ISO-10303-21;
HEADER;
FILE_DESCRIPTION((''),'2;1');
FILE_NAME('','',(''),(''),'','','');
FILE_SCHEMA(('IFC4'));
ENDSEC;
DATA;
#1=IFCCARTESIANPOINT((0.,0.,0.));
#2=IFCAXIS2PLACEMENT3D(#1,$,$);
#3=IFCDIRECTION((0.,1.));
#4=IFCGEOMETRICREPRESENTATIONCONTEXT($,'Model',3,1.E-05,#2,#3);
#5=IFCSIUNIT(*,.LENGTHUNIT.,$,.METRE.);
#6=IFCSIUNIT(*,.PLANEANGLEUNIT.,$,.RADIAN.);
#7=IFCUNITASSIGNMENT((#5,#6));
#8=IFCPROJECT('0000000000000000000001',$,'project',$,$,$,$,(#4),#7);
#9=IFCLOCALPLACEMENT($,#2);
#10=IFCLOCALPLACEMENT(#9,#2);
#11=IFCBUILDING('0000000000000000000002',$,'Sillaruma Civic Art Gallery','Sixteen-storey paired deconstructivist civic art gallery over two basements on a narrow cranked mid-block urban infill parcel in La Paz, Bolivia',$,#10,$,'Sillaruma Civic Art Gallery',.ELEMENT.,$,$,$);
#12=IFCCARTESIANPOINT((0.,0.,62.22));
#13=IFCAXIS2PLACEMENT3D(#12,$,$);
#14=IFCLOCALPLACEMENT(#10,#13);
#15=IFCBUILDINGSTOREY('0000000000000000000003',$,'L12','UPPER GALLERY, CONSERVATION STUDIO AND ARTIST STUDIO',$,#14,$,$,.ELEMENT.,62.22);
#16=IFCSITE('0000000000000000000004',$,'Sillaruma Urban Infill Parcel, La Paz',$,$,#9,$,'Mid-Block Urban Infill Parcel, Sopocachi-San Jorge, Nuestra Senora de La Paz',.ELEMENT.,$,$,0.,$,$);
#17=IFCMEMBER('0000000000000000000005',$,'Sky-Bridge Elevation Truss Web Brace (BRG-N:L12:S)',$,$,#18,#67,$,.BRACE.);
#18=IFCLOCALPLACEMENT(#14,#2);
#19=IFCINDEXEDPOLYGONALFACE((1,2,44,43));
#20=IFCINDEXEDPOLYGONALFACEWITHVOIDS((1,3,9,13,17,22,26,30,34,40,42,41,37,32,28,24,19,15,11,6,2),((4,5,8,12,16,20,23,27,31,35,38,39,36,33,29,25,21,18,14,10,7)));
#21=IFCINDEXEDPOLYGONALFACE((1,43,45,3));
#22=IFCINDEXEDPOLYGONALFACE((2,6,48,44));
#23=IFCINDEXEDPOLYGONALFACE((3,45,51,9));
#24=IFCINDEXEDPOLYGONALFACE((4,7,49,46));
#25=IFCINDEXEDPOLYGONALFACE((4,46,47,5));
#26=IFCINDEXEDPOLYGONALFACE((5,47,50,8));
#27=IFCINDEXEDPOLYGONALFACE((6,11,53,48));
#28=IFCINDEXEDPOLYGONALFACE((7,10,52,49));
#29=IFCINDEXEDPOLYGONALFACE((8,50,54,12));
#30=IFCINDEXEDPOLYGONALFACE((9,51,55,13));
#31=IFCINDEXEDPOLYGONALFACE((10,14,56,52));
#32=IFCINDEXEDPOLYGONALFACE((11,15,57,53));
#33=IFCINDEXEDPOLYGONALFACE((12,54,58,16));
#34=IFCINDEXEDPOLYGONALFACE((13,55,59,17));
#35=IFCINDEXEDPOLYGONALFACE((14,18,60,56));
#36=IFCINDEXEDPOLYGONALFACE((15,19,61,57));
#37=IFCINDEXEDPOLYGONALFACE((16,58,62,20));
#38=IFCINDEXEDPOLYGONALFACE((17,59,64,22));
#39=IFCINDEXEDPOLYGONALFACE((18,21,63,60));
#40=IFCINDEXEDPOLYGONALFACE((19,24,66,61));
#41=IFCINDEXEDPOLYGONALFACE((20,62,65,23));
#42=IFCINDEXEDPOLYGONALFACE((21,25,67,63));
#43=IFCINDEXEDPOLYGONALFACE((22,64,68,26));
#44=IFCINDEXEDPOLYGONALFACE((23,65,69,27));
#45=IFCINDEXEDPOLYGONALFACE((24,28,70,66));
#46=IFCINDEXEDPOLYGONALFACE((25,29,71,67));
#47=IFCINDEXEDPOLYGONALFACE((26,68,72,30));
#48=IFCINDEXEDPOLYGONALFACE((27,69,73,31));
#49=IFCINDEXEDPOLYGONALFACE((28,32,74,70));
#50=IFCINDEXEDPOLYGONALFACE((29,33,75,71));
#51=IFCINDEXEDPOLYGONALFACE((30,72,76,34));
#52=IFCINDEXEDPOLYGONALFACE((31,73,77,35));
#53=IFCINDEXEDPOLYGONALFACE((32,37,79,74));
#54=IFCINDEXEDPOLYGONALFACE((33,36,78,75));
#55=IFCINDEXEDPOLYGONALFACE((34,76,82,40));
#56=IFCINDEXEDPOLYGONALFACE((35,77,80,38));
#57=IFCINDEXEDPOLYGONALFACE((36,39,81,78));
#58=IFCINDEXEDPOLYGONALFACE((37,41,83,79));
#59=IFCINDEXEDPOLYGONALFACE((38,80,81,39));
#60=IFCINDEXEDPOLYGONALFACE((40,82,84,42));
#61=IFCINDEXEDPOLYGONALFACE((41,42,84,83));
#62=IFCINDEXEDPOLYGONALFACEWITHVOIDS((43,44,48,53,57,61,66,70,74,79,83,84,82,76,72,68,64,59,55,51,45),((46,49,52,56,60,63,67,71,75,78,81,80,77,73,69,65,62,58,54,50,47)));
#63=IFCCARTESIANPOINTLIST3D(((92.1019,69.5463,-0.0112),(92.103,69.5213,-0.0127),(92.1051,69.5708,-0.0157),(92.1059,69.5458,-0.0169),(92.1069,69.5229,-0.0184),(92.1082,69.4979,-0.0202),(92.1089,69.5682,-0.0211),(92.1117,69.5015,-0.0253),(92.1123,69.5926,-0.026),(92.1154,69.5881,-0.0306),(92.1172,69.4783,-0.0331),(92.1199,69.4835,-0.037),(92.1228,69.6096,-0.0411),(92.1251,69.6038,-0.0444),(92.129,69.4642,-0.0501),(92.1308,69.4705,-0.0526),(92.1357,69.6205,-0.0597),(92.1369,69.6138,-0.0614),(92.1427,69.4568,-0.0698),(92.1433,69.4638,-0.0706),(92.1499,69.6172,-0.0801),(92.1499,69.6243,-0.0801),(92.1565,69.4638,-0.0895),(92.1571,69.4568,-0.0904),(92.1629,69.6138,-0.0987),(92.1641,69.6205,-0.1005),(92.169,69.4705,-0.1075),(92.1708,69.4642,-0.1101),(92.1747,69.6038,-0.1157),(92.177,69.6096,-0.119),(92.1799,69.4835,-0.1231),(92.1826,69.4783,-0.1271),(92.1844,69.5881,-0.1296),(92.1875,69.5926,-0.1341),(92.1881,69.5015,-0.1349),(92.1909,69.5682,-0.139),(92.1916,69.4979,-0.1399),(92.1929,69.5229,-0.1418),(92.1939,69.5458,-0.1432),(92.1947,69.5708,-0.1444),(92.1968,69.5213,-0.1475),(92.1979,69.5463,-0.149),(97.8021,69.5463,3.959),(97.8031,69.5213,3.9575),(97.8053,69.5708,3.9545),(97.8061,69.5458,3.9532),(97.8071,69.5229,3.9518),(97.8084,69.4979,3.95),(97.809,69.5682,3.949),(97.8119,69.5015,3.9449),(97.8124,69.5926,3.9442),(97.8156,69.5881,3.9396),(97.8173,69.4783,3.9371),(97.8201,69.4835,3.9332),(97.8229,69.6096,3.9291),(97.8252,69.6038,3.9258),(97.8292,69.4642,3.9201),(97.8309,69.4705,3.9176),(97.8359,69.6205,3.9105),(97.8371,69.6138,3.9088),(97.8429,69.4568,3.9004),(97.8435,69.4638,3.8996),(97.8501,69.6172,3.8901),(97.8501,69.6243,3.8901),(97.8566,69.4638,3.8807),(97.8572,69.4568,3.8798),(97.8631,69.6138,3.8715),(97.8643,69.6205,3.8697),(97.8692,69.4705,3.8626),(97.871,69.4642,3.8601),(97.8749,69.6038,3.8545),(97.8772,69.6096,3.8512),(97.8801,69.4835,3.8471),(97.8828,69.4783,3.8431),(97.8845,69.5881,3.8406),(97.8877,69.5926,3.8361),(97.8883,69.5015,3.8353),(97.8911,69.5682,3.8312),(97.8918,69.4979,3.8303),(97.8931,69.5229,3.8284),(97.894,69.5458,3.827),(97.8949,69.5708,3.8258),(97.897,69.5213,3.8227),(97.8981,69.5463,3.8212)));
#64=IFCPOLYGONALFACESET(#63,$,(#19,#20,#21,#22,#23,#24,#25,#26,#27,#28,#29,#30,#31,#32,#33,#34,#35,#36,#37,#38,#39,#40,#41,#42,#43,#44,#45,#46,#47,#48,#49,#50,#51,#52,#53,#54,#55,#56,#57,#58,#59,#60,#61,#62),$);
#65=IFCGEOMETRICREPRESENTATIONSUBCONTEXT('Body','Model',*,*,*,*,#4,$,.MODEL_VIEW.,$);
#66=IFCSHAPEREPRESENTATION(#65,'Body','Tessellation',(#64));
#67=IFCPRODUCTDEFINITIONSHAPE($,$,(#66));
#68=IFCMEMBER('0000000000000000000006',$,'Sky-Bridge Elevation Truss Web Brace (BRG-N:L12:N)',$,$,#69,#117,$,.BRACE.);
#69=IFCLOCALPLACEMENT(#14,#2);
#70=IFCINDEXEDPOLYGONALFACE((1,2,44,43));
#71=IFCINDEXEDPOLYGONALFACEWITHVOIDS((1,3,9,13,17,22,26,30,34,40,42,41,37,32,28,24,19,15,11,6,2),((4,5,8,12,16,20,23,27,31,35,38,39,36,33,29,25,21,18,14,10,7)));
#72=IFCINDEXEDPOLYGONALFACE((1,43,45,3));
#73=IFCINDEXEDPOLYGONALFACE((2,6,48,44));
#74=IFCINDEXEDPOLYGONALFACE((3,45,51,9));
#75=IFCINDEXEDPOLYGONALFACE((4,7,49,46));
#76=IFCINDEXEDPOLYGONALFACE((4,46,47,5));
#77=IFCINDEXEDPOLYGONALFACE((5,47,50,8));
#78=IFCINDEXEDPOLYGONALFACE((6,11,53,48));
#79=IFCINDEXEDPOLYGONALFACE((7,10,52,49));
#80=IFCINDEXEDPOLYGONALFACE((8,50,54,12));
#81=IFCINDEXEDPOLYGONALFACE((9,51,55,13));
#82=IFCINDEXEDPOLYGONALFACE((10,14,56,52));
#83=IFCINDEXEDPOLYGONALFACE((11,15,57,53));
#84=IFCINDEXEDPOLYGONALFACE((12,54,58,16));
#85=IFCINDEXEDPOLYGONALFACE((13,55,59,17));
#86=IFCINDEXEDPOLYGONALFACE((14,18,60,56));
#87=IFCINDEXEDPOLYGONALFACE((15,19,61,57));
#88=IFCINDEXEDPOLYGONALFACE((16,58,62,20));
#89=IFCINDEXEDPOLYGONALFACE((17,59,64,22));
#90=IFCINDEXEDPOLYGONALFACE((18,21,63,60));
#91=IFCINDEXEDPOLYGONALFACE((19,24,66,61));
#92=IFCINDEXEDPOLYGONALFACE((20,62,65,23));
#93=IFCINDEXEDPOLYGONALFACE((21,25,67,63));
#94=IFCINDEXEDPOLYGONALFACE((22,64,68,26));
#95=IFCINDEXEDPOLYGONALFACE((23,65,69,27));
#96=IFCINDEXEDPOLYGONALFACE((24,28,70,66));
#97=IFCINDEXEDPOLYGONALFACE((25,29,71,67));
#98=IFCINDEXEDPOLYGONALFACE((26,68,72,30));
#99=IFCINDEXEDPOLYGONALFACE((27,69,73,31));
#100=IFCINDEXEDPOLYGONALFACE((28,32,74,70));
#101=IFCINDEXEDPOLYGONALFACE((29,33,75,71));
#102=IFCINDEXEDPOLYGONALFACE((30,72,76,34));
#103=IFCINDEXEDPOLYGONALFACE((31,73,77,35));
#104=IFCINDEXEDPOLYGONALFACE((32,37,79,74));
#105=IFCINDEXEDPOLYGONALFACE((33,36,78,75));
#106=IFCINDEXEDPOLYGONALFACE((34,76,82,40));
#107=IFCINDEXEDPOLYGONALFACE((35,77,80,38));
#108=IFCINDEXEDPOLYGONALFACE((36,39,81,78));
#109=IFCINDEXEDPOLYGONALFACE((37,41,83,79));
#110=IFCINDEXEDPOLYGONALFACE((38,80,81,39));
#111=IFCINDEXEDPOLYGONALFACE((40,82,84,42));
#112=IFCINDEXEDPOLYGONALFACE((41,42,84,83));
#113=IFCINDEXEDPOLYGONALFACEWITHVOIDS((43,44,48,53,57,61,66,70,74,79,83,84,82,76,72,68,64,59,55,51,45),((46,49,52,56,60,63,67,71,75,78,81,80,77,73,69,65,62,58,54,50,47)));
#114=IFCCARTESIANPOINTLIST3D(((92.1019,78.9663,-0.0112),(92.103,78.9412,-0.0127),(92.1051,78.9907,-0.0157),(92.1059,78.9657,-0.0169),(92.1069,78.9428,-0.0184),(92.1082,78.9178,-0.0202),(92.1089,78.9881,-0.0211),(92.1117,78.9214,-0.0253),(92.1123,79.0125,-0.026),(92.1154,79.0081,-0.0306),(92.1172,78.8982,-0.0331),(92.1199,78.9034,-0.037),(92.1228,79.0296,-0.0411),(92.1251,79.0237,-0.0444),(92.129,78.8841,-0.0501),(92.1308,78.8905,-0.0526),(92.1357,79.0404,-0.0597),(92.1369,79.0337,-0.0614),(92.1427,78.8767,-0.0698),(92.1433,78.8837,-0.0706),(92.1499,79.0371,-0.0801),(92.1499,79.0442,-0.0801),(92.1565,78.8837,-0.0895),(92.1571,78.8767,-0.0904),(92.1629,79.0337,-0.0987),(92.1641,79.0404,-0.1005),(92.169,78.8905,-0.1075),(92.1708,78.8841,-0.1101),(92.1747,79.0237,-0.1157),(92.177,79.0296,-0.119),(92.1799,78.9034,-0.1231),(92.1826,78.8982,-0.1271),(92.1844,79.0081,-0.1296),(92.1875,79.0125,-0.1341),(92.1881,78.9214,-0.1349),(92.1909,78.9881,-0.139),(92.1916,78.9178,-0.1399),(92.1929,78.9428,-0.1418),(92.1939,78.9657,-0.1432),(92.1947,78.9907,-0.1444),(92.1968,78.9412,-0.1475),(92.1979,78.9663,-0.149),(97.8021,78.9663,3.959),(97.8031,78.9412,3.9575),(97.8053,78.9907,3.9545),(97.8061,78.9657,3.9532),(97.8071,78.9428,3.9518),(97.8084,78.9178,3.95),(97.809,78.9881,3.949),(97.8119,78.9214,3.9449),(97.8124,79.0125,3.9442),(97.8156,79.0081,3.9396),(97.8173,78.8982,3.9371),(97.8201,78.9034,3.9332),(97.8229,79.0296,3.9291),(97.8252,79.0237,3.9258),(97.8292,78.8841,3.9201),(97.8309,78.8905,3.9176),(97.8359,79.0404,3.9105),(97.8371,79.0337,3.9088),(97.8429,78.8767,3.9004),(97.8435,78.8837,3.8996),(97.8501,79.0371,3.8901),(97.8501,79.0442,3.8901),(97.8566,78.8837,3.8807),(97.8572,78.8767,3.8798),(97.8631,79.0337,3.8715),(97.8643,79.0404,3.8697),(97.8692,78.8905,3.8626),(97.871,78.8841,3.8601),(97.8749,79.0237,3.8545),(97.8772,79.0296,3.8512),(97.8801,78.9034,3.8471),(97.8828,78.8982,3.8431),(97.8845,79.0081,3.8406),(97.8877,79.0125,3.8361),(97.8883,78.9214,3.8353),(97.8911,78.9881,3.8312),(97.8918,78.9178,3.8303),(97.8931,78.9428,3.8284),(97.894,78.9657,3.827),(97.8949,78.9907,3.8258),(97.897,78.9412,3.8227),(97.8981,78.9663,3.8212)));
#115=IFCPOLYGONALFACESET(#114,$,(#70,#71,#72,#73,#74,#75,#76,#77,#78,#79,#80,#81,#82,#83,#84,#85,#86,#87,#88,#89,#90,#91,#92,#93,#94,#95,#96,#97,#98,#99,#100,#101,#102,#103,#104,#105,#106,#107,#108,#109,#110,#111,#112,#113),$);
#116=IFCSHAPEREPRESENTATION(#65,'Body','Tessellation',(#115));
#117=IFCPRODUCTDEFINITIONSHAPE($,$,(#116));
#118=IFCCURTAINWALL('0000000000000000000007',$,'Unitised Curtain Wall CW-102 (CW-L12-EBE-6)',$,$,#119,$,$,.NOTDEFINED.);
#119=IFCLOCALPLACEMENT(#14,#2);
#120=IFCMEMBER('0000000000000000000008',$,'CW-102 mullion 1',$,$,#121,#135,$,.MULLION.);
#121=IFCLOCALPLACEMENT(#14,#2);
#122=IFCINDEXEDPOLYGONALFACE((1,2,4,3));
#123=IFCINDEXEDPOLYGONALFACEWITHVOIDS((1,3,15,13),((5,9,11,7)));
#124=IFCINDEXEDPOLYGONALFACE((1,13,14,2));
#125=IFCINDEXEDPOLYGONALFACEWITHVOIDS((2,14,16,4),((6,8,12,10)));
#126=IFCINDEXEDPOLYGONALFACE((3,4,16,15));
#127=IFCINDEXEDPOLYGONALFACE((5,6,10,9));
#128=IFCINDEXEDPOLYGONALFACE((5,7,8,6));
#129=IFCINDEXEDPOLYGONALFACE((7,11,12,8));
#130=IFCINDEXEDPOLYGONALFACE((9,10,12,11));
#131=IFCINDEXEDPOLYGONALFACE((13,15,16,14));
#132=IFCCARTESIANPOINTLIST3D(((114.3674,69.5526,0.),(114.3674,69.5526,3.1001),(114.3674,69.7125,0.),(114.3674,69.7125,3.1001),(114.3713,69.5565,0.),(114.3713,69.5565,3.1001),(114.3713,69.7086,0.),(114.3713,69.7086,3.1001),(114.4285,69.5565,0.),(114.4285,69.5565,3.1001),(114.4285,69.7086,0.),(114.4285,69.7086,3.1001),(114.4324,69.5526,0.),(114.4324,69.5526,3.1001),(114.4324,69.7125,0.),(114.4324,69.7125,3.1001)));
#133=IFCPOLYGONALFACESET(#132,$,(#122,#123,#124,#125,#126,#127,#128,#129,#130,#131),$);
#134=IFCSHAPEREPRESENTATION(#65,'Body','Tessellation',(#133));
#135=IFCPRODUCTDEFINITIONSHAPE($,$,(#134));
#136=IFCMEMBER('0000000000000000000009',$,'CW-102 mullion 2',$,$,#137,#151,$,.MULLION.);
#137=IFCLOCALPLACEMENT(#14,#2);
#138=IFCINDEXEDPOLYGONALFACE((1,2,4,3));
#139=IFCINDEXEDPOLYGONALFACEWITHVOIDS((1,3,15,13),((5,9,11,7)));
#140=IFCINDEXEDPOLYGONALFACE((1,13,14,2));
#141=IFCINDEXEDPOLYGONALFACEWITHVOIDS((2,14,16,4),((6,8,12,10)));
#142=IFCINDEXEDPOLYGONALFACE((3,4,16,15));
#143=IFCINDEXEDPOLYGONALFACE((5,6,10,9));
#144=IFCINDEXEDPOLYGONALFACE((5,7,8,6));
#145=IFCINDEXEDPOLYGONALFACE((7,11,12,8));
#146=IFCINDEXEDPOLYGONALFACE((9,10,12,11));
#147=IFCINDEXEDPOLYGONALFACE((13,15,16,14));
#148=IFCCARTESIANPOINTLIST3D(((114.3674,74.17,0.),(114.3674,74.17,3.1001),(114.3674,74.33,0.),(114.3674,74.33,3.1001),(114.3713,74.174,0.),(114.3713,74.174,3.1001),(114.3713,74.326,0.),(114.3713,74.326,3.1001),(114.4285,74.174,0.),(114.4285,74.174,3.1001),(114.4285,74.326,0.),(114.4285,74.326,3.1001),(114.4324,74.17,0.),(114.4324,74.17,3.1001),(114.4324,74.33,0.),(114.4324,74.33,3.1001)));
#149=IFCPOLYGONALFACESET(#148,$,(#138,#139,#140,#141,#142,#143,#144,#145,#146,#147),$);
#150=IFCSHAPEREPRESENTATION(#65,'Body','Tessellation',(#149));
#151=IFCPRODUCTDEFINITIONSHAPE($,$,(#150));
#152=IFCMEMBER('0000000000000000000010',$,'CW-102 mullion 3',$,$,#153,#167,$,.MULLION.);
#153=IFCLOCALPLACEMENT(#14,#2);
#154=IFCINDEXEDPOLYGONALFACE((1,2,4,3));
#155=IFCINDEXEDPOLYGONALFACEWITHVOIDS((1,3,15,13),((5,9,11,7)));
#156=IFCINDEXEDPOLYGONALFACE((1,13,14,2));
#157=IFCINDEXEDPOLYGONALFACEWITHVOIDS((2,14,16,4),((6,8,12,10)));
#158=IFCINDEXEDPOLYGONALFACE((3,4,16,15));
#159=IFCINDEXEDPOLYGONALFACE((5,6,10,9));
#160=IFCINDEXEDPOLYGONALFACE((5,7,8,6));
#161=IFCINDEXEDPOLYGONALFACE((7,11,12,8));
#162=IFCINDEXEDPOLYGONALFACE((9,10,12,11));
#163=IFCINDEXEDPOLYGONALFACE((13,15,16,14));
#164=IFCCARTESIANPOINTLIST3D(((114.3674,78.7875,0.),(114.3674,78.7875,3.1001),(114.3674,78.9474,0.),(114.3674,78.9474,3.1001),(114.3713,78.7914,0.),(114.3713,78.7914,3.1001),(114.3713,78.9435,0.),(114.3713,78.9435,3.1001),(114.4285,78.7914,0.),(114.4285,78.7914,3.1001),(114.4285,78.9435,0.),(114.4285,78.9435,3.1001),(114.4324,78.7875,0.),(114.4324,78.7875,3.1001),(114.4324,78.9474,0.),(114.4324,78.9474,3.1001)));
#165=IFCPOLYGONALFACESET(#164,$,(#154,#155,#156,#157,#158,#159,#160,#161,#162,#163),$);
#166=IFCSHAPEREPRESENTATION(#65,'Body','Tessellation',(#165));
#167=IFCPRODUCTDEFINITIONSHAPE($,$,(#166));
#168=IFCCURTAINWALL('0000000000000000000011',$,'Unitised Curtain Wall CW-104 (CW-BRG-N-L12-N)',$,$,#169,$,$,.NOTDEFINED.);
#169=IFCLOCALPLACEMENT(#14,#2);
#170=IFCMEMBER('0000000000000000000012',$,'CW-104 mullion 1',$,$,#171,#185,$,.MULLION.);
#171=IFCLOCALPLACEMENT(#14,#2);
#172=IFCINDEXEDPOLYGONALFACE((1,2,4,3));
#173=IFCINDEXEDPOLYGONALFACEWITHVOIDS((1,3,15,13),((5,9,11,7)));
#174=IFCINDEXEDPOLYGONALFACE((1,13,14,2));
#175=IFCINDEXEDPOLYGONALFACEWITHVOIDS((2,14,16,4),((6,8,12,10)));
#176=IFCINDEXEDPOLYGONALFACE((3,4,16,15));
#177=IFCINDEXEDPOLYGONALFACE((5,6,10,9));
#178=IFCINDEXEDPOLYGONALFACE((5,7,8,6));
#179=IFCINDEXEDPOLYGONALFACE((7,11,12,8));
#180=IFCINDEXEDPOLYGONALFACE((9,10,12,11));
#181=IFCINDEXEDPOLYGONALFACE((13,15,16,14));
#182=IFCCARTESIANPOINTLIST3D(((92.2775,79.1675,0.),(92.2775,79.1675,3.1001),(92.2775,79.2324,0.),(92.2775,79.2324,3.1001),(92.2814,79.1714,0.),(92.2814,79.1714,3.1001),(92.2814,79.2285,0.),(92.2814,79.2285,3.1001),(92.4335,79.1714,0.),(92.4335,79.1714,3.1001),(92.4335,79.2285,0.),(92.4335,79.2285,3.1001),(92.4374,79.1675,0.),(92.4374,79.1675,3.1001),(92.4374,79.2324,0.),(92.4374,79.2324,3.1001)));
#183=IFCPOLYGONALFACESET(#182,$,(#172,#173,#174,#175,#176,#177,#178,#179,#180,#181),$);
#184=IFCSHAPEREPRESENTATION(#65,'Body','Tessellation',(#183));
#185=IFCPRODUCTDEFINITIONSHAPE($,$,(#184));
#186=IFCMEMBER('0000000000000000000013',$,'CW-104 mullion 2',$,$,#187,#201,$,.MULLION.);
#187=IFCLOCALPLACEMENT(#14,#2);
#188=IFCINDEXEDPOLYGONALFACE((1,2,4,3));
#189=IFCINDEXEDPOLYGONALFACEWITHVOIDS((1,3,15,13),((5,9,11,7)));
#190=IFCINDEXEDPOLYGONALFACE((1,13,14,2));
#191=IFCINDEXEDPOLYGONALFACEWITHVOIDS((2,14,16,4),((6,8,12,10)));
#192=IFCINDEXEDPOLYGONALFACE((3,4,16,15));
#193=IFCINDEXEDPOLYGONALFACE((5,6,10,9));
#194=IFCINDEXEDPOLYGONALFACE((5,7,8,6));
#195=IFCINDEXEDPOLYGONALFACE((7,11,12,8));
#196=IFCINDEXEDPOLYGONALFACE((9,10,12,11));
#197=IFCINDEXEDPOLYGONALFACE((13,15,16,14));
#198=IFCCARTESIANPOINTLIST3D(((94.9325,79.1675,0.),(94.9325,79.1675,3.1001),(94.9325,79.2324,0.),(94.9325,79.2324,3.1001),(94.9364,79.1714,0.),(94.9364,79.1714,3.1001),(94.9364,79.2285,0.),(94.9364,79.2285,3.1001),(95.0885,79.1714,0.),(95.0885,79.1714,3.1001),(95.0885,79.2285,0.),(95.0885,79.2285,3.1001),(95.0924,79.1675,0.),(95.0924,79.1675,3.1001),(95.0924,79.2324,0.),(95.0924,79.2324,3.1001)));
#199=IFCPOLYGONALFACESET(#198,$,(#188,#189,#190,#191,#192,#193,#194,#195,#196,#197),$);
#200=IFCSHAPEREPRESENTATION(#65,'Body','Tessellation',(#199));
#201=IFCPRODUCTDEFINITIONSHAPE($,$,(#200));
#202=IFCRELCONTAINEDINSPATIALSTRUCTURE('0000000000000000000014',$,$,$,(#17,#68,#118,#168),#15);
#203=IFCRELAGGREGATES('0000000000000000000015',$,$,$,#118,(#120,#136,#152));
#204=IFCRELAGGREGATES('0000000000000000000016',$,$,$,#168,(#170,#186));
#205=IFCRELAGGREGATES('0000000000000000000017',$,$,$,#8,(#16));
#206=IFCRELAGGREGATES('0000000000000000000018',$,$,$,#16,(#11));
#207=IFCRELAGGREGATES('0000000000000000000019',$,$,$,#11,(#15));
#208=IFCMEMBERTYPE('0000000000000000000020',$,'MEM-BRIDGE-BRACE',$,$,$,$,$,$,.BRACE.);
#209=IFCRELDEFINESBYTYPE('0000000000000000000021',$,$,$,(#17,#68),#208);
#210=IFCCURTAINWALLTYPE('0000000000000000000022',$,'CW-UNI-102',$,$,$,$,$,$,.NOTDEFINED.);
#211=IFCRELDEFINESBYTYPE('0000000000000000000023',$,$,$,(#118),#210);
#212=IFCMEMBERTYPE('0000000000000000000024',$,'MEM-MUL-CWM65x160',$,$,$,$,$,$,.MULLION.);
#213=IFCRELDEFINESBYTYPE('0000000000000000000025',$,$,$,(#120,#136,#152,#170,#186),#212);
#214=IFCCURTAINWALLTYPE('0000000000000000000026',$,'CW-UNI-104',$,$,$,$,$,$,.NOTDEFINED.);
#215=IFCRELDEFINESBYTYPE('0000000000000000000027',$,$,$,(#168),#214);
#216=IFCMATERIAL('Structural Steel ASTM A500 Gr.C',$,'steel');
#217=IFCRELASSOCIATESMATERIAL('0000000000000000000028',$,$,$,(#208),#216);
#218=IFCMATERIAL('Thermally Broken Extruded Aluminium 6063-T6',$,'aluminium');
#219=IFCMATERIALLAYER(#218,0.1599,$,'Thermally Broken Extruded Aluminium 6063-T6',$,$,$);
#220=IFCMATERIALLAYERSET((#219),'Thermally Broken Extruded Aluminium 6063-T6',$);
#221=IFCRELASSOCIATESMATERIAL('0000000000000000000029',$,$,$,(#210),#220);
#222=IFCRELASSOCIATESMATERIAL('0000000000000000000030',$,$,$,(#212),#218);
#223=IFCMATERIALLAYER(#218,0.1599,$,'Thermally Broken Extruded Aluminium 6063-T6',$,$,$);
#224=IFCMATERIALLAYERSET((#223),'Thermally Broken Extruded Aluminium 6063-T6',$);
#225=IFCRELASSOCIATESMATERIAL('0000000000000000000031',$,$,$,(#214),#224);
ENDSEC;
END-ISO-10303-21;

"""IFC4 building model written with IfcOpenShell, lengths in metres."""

from ifc_helpers import new_model, si_unit, direction, frame, origin, origin_2d, place, context, subcontext, project, spatial, hollow_rectangle, hollow_circle, extrude, material, layer, layer_set, material_profile, profile_set, type_object, element, aggregate, save


model = new_model("IFC4")

# Units and contexts
model_context = context("Model", 3, precision=1e-05, world=origin(), true_north=direction((0.0, 1.0)))
body_context = subcontext(model_context, "Body", "Model", "MODEL_VIEW")
ifc_project = project(units=[si_unit("LENGTHUNIT", "METRE"), si_unit("PLANEANGLEUNIT", "RADIAN")], contexts=[model_context])

# Site, building, storey
site_placement = place(None, origin())
site = spatial("IfcSite", under=ifc_project, at=site_placement, Name="Sillaruma Urban Infill Parcel, La Paz", LongName="Mid-Block Urban Infill Parcel, Sopocachi-San Jorge, Nuestra Senora de La Paz", CompositionType="ELEMENT", RefElevation=0.0)
building_placement = place(site_placement, origin())
building = spatial("IfcBuilding", under=site, at=building_placement, Name="Sillaruma Civic Art Gallery", Description="Sixteen-storey paired deconstructivist civic art gallery over two basements on a narrow cranked mid-block urban infill parcel in La Paz, Bolivia", LongName="Sillaruma Civic Art Gallery", CompositionType="ELEMENT")
storey_placement = place(building_placement, frame((0.0, 0.0, 62.22)))
storey = spatial("IfcBuildingStorey", under=building, at=storey_placement, Name="L12", Description="UPPER GALLERY, CONSERVATION STUDIO AND ARTIST STUDIO", CompositionType="ELEMENT", Elevation=62.22)

# Members
ifc_material_1 = material(Name="Structural Steel ASTM A500 Gr.C", Category="steel")
ifc_material_profile_1 = material_profile(ifc_material_1, hollow_circle(Radius=0.0842, WallThickness=0.0071, at=origin_2d()), Name="CHS168.3x7.1")
ifc_profile_set_1 = profile_set([ifc_material_profile_1], Name="Structural Steel ASTM A500 Gr.C")
member_type_1 = type_object("IfcMemberType", Name="MEM-BRIDGE-BRACE", PredefinedType="BRACE", material=ifc_profile_set_1)
for number, where, z_axis, x_axis, name in (
    (1, (92.1499, 69.54, -0.0801), (0.820577, 0.0, 0.571536), (0.0, 1.0, 0.0), "Sky-Bridge Elevation Truss Web Brace (BRG-N:L12:S)"),
    (2, (92.1499, 78.96, -0.0801), (0.820577, 0.0, 0.571536), (0.0, 1.0, 0.0), "Sky-Bridge Elevation Truss Web Brace (BRG-N:L12:N)"),
):
    element("IfcMember", number, at=place(storey_placement, frame(where, z_axis=z_axis, x_axis=x_axis)), inside=storey, type_object=member_type_1, Name=name, PredefinedType="BRACE", context=body_context, shape_type="SweptSolid", body=[
        extrude(hollow_circle(Radius=0.0842, WallThickness=0.0071, at=origin_2d()), origin(), (0.0, 0.0, 1.0), 6.9465),
    ])

# Curtain walls, members
ifc_material_2 = material(Name="Thermally Broken Extruded Aluminium 6063-T6", Category="aluminium")
ifc_layer_1 = layer(ifc_material_2, 0.1599, Name="Thermally Broken Extruded Aluminium 6063-T6")
ifc_layer_set_1 = layer_set([ifc_layer_1], Name="Thermally Broken Extruded Aluminium 6063-T6")
curtain_wall_type_1 = type_object("IfcCurtainWallType", Name="CW-UNI-102", PredefinedType="NOTDEFINED", material=ifc_layer_set_1)
curtain_wall_1_placement = place(storey_placement, origin())
curtain_wall_1 = element("IfcCurtainWall", 3, at=curtain_wall_1_placement, inside=storey, type_object=curtain_wall_type_1, Name="Unitised Curtain Wall CW-102 (CW-L12-EBE-6)", PredefinedType="NOTDEFINED")
ifc_material_profile_2 = material_profile(ifc_material_2, hollow_rectangle(XDim=0.0649, YDim=0.1599, WallThickness=0.0039, at=origin_2d()), Name="CWM65x160")
ifc_profile_set_2 = profile_set([ifc_material_profile_2], Name="Thermally Broken Extruded Aluminium 6063-T6")
member_type_2 = type_object("IfcMemberType", Name="MEM-MUL-CWM65x160", PredefinedType="MULLION", material=ifc_profile_set_2)
member_1_placement = place(storey_placement, frame((114.3999, 69.6326, 0.0), z_axis=(0.0, 0.0, 1.0), x_axis=(-1.0, 0.0, 0.0)))
member_1 = element("IfcMember", 4, at=member_1_placement, type_object=member_type_2, Name="CW-102 mullion 1", PredefinedType="MULLION", context=body_context, shape_type="SweptSolid", body=[
    extrude(hollow_rectangle(XDim=0.0649, YDim=0.1599, WallThickness=0.0039, at=origin_2d()), origin(), (0.0, 0.0, 1.0), 3.1001),
])
member_2_placement = place(storey_placement, frame((114.3999, 74.25, 0.0), z_axis=(0.0, 0.0, 1.0), x_axis=(-1.0, 0.0, 0.0)))
member_2 = element("IfcMember", 5, at=member_2_placement, type_object=member_type_2, Name="CW-102 mullion 2", PredefinedType="MULLION", context=body_context, shape_type="SweptSolid", body=[
    extrude(hollow_rectangle(XDim=0.0649, YDim=0.1599, WallThickness=0.0039, at=origin_2d()), origin(), (0.0, 0.0, 1.0), 3.1001),
])
member_3_placement = place(storey_placement, frame((114.3999, 78.8674, 0.0), z_axis=(0.0, 0.0, 1.0), x_axis=(-1.0, 0.0, 0.0)))
member_3 = element("IfcMember", 6, at=member_3_placement, type_object=member_type_2, Name="CW-102 mullion 3", PredefinedType="MULLION", context=body_context, shape_type="SweptSolid", body=[
    extrude(hollow_rectangle(XDim=0.0649, YDim=0.1599, WallThickness=0.0039, at=origin_2d()), origin(), (0.0, 0.0, 1.0), 3.1001),
])
ifc_layer_2 = layer(ifc_material_2, 0.1599, Name="Thermally Broken Extruded Aluminium 6063-T6")
ifc_layer_set_2 = layer_set([ifc_layer_2], Name="Thermally Broken Extruded Aluminium 6063-T6")
curtain_wall_type_2 = type_object("IfcCurtainWallType", Name="CW-UNI-104", PredefinedType="NOTDEFINED", material=ifc_layer_set_2)
curtain_wall_2_placement = place(storey_placement, origin())
curtain_wall_2 = element("IfcCurtainWall", 7, at=curtain_wall_2_placement, inside=storey, type_object=curtain_wall_type_2, Name="Unitised Curtain Wall CW-104 (CW-BRG-N-L12-N)", PredefinedType="NOTDEFINED")
member_4_placement = place(storey_placement, frame((92.3574, 79.2, 0.0), z_axis=(0.0, 0.0, 1.0), x_axis=(0.0, 1.0, 0.0)))
member_4 = element("IfcMember", 8, at=member_4_placement, type_object=member_type_2, Name="CW-104 mullion 1", PredefinedType="MULLION", context=body_context, shape_type="SweptSolid", body=[
    extrude(hollow_rectangle(XDim=0.0649, YDim=0.1599, WallThickness=0.0039, at=origin_2d()), origin(), (0.0, 0.0, 1.0), 3.1001),
])
member_5_placement = place(storey_placement, frame((95.0125, 79.2, 0.0), z_axis=(0.0, 0.0, 1.0), x_axis=(0.0, 1.0, 0.0)))
member_5 = element("IfcMember", 9, at=member_5_placement, type_object=member_type_2, Name="CW-104 mullion 2", PredefinedType="MULLION", context=body_context, shape_type="SweptSolid", body=[
    extrude(hollow_rectangle(XDim=0.0649, YDim=0.1599, WallThickness=0.0039, at=origin_2d()), origin(), (0.0, 0.0, 1.0), 3.1001),
])

aggregate(curtain_wall_1, [member_1, member_2, member_3])
aggregate(curtain_wall_2, [member_4, member_5])

save(model, "model.ifc")
